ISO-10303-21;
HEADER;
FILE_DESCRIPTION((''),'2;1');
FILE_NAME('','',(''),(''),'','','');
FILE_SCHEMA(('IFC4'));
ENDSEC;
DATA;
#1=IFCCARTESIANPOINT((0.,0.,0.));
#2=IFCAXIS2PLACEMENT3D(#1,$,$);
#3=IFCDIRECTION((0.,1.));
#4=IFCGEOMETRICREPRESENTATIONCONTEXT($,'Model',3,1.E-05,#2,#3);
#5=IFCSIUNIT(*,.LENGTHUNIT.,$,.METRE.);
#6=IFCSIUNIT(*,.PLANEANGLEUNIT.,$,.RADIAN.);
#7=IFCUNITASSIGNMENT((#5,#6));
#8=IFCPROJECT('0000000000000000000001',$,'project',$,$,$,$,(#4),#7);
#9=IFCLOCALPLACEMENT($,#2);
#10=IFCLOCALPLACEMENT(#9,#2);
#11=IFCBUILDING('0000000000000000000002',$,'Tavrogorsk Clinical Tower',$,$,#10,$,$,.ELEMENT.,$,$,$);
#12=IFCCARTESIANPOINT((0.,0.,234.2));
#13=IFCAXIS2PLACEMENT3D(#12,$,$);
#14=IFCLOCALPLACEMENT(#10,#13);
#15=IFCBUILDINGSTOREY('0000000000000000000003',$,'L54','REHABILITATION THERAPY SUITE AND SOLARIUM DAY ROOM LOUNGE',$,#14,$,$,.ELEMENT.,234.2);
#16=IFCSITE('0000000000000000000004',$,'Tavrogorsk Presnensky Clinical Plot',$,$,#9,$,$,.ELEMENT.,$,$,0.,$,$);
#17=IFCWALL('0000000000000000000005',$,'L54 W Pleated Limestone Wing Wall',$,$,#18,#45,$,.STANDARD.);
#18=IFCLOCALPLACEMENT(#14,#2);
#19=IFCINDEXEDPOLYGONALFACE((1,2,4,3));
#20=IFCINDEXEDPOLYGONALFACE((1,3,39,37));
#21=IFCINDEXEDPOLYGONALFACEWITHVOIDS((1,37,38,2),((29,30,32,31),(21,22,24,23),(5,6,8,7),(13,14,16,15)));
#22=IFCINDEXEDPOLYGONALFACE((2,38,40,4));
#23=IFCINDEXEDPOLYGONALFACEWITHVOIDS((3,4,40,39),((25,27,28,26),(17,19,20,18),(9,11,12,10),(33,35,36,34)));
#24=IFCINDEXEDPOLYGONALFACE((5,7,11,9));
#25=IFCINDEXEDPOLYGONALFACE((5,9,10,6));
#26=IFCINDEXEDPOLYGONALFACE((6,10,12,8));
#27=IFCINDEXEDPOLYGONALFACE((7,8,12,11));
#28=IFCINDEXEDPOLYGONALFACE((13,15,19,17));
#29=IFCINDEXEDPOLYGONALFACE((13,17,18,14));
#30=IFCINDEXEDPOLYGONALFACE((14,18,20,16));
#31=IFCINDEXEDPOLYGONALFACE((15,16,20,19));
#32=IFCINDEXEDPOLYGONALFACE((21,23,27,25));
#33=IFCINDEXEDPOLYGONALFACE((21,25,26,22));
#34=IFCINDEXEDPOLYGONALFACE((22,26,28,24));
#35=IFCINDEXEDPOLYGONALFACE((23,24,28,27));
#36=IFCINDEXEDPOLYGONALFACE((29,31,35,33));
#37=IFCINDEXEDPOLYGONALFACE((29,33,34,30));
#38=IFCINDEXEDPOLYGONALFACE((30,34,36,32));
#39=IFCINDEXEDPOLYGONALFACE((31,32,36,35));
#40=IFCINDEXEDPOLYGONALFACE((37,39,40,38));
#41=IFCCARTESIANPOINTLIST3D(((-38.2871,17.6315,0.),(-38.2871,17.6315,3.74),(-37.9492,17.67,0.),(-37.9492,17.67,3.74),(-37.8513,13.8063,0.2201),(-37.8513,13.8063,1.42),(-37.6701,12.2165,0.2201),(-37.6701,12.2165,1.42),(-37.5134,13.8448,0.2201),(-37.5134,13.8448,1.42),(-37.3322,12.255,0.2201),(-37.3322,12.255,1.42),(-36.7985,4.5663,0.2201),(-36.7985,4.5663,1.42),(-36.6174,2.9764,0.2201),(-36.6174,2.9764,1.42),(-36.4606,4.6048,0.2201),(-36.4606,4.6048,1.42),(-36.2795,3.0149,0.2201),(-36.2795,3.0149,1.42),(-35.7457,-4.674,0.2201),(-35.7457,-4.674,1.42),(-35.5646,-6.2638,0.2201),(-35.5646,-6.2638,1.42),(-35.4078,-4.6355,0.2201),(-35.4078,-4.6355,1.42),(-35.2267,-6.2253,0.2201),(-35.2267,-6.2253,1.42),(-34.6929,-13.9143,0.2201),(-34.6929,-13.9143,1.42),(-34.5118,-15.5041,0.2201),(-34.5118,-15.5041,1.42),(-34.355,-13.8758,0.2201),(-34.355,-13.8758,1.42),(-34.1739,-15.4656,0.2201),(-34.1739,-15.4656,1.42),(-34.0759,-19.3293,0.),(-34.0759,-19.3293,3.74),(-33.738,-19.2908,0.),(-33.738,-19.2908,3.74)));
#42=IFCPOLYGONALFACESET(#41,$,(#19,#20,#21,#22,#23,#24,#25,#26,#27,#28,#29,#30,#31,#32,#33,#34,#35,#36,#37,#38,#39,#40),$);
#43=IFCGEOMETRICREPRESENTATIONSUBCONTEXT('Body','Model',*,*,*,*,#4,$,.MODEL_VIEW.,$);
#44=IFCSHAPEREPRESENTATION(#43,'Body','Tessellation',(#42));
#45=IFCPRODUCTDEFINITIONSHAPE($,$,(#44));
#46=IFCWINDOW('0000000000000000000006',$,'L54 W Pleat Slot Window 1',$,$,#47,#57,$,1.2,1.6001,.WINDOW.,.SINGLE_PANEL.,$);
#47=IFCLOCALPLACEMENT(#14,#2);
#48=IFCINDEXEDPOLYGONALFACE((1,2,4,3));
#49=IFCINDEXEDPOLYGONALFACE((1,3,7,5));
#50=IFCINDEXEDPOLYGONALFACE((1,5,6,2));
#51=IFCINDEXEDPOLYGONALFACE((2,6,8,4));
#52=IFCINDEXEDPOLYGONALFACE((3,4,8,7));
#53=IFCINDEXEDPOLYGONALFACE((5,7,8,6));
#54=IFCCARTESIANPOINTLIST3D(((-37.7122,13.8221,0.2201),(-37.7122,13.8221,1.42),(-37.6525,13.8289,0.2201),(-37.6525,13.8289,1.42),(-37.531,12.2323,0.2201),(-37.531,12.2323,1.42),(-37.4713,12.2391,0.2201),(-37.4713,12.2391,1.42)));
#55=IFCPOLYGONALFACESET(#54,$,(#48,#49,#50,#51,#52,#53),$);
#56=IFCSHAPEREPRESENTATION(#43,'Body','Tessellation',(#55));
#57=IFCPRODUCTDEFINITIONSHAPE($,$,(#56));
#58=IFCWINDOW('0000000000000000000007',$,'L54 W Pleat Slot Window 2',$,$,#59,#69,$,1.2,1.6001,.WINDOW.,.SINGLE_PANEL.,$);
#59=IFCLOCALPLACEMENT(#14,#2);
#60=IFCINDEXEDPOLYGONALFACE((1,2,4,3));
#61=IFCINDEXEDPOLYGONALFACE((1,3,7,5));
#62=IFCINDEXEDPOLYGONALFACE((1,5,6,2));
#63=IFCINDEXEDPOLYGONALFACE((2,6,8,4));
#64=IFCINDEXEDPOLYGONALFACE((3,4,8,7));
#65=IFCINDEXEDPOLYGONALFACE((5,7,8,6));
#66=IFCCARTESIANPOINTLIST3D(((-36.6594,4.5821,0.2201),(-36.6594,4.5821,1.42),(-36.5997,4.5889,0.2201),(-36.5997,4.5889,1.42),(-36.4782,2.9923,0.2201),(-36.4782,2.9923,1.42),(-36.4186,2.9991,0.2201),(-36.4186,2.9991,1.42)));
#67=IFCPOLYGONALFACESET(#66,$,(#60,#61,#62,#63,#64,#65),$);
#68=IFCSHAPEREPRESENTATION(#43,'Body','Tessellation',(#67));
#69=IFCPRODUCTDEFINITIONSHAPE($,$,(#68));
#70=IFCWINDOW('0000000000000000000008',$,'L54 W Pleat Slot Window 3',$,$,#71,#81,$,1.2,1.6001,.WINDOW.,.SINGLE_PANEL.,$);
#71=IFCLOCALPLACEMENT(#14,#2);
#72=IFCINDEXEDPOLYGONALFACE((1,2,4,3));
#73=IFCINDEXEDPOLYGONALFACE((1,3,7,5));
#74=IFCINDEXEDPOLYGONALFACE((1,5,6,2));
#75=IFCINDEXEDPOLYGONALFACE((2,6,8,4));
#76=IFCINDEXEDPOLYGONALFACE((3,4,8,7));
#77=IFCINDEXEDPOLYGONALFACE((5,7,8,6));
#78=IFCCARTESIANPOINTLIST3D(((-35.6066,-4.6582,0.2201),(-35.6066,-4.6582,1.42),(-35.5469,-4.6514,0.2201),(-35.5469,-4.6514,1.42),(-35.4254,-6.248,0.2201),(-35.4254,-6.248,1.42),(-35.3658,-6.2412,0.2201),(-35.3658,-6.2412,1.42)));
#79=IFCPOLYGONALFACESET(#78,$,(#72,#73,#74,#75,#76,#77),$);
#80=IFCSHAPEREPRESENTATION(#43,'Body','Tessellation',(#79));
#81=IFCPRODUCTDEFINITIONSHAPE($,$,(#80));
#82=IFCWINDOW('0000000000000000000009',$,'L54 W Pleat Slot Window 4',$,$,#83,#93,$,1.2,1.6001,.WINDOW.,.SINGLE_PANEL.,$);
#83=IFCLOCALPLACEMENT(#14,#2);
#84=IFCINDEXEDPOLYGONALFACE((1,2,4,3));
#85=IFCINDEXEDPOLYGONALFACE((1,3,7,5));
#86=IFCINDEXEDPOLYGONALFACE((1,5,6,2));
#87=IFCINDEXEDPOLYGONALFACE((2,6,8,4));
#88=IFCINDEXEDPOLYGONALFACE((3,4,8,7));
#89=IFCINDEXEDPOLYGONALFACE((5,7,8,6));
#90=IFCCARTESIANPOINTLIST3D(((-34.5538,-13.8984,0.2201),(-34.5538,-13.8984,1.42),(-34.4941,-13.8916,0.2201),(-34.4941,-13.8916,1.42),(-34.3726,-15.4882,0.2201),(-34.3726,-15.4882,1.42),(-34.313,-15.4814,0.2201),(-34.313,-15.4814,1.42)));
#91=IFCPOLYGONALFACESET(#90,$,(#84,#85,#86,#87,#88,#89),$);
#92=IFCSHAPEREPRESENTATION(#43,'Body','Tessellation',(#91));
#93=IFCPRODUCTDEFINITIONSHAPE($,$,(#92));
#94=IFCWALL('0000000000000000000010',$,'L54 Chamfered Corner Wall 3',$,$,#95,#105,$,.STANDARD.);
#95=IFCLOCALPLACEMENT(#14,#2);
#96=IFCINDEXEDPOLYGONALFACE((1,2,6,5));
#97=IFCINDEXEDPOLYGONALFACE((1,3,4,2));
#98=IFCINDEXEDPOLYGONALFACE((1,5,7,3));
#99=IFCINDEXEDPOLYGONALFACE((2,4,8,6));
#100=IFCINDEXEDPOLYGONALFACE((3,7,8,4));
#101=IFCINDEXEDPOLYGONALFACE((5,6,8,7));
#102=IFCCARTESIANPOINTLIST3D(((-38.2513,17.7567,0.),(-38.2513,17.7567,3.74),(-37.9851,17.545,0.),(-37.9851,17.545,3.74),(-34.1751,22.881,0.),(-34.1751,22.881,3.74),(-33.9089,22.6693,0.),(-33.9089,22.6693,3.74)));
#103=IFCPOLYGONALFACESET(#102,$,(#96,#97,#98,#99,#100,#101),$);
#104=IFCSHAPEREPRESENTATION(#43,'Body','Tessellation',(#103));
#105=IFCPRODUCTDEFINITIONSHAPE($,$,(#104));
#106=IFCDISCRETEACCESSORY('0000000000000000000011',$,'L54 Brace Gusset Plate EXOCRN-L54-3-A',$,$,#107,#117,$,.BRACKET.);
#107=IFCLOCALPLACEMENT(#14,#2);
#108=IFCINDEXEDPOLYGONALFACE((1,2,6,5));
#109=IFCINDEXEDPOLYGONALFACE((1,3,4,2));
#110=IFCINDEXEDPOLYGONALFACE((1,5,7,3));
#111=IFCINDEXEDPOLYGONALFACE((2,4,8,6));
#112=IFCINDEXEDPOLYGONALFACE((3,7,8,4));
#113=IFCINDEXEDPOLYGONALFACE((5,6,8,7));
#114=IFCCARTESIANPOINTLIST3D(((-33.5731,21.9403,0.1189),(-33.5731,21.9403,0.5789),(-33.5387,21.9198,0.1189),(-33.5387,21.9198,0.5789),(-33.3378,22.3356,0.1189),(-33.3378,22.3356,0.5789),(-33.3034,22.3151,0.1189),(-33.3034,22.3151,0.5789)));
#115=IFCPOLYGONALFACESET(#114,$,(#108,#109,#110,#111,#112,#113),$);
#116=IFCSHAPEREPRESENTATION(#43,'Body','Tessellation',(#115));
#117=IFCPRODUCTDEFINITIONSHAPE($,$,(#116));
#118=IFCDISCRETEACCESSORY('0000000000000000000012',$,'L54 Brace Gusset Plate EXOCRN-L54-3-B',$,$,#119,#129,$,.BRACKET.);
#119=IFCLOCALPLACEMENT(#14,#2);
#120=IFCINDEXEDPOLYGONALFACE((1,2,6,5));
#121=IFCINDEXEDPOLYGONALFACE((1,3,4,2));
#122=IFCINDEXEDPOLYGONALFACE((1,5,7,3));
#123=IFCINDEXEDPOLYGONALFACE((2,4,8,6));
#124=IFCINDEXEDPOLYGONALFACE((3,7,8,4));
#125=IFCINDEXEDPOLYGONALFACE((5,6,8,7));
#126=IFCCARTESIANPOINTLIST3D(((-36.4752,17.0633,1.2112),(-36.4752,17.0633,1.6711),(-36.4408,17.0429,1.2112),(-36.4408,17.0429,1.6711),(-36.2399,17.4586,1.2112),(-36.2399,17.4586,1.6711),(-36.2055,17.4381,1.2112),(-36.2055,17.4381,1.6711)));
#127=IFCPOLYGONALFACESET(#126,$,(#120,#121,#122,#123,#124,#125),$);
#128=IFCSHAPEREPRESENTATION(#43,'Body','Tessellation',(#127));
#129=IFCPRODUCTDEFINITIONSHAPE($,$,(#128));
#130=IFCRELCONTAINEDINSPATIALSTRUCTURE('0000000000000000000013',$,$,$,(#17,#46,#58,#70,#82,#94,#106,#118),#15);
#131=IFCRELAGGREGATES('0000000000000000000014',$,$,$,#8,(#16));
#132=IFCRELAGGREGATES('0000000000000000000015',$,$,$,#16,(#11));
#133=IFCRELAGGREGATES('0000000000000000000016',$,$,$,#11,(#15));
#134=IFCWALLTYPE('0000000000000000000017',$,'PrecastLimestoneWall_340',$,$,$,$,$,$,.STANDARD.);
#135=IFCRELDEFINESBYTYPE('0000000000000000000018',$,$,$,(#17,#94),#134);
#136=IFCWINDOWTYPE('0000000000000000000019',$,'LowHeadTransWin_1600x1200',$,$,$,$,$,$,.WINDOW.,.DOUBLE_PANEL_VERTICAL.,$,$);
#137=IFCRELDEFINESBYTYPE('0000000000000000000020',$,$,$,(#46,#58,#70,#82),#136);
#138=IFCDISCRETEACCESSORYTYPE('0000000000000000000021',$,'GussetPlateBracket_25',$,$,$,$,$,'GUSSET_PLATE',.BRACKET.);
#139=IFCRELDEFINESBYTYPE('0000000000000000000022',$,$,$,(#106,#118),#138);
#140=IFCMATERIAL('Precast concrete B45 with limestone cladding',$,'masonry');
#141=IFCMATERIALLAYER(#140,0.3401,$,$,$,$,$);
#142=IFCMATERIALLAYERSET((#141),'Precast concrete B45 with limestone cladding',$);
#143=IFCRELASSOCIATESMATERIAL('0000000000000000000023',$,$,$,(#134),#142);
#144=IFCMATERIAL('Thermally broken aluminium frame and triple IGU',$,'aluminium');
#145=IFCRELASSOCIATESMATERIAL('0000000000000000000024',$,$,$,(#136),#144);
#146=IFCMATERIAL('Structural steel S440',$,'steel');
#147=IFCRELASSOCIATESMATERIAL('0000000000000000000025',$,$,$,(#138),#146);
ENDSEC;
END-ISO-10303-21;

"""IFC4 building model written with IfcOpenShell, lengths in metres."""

from ifc_helpers import new_model, si_unit, direction, frame, frame_2d, origin, origin_2d, place, context, subcontext, project, spatial, rectangle, extrude, material, layer, layer_set, type_object, element, fill, save


model = new_model("IFC4")

# Units and contexts
model_context = context("Model", 3, precision=1e-05, world=origin(), true_north=direction((0.0, 1.0)))
body_context = subcontext(model_context, "Body", "Model", "MODEL_VIEW")
ifc_project = project(units=[si_unit("LENGTHUNIT", "METRE"), si_unit("PLANEANGLEUNIT", "RADIAN")], contexts=[model_context])

# Site, building, storey
site_placement = place(None, origin())
site = spatial("IfcSite", under=ifc_project, at=site_placement, Name="Tavrogorsk Presnensky Clinical Plot", CompositionType="ELEMENT", RefElevation=0.0)
building_placement = place(site_placement, origin())
building = spatial("IfcBuilding", under=site, at=building_placement, Name="Tavrogorsk Clinical Tower", CompositionType="ELEMENT")
storey_placement = place(building_placement, frame((0.0, 0.0, 234.2)))
storey = spatial("IfcBuildingStorey", under=building, at=storey_placement, Name="L54", Description="REHABILITATION THERAPY SUITE AND SOLARIUM DAY ROOM LOUNGE", CompositionType="ELEMENT", Elevation=234.2)

# Wall, openings, windows
ifc_material_1 = material(Name="Precast concrete B45 with limestone cladding", Category="masonry")
ifc_layer_1 = layer(ifc_material_1, 0.3401)
ifc_layer_set_1 = layer_set([ifc_layer_1], Name="Precast concrete B45 with limestone cladding")
wall_type_1 = type_object("IfcWallType", Name="PrecastLimestoneWall_340", PredefinedType="STANDARD", material=ifc_layer_set_1)
wall_1_placement = place(storey_placement, frame((-38.1182, 17.6509, 0.0), z_axis=(0.0, 0.0, 1.0), x_axis=(0.113204, -0.993572, 0.0)))
wall_1 = element("IfcWall", 1, at=wall_1_placement, inside=storey, type_object=wall_type_1, Name="L54 W Pleated Limestone Wing Wall", PredefinedType="STANDARD", context=body_context, shape_type="SweptSolid", body=[
    extrude(rectangle(XDim=37.2, YDim=0.3401, at=frame_2d((18.6001, 0.0))), origin(), (0.0, 0.0, 1.0), 3.74),
])
opening_1_placement = place(wall_1_placement, frame((3.8501, 0.0, 0.22)))
opening_1 = element("IfcOpeningElement", 2, at=opening_1_placement, cuts=wall_1, PredefinedType="OPENING", context=body_context, shape_type="SweptSolid", body=[
    extrude(rectangle(XDim=1.6001, YDim=1.2, at=frame_2d((0.8, 0.6001))), frame((0.0, 0.1799, 0.0), z_axis=(0.0, -1.0, 0.0), x_axis=(1.0, 0.0, 0.0)), (0.0, 0.0, 1.0), 0.3601),
])
opening_2_placement = place(wall_1_placement, frame((13.1499, 0.0, 0.22)))
opening_2 = element("IfcOpeningElement", 3, at=opening_2_placement, cuts=wall_1, PredefinedType="OPENING", context=body_context, shape_type="SweptSolid", body=[
    extrude(rectangle(XDim=1.6001, YDim=1.2, at=frame_2d((0.8, 0.6001))), frame((0.0, 0.1799, 0.0), z_axis=(0.0, -1.0, 0.0), x_axis=(1.0, 0.0, 0.0)), (0.0, 0.0, 1.0), 0.3601),
])
opening_3_placement = place(wall_1_placement, frame((22.45, 0.0, 0.22)))
opening_3 = element("IfcOpeningElement", 4, at=opening_3_placement, cuts=wall_1, PredefinedType="OPENING", context=body_context, shape_type="SweptSolid", body=[
    extrude(rectangle(XDim=1.6001, YDim=1.2, at=frame_2d((0.8, 0.6001))), frame((0.0, 0.1799, 0.0), z_axis=(0.0, -1.0, 0.0), x_axis=(1.0, 0.0, 0.0)), (0.0, 0.0, 1.0), 0.3601),
])
opening_4_placement = place(wall_1_placement, frame((31.75, 0.0, 0.22)))
opening_4 = element("IfcOpeningElement", 5, at=opening_4_placement, cuts=wall_1, PredefinedType="OPENING", context=body_context, shape_type="SweptSolid", body=[
    extrude(rectangle(XDim=1.6001, YDim=1.2, at=frame_2d((0.8, 0.6001))), frame((0.0, 0.1799, 0.0), z_axis=(0.0, -1.0, 0.0), x_axis=(1.0, 0.0, 0.0)), (0.0, 0.0, 1.0), 0.3601),
])
ifc_material_2 = material(Name="Thermally broken aluminium frame and triple IGU", Category="aluminium")
window_type = type_object("IfcWindowType", Name="LowHeadTransWin_1600x1200", PartitioningType="DOUBLE_PANEL_VERTICAL", PredefinedType="WINDOW", material=ifc_material_2)
window_1_placement = place(opening_1_placement, origin())
window_1 = element("IfcWindow", 6, at=window_1_placement, inside=storey, type_object=window_type, Name="L54 W Pleat Slot Window 1", OverallHeight=1.2, OverallWidth=1.6001, PartitioningType="SINGLE_PANEL", PredefinedType="WINDOW", context=body_context, shape_type="SweptSolid", body=[
    extrude(rectangle(XDim=1.6001, YDim=1.2, at=frame_2d((0.8, 0.6001))), frame((0.0, 0.03, 0.0), z_axis=(0.0, -1.0, 0.0), x_axis=(1.0, 0.0, 0.0)), (0.0, 0.0, 1.0), 0.0601),
])
fill(opening_1, window_1)
window_2_placement = place(opening_2_placement, origin())
window_2 = element("IfcWindow", 7, at=window_2_placement, inside=storey, type_object=window_type, Name="L54 W Pleat Slot Window 2", OverallHeight=1.2, OverallWidth=1.6001, PartitioningType="SINGLE_PANEL", PredefinedType="WINDOW", context=body_context, shape_type="SweptSolid", body=[
    extrude(rectangle(XDim=1.6001, YDim=1.2, at=frame_2d((0.8, 0.6001))), frame((0.0, 0.03, 0.0), z_axis=(0.0, -1.0, 0.0), x_axis=(1.0, 0.0, 0.0)), (0.0, 0.0, 1.0), 0.0601),
])
fill(opening_2, window_2)
window_3_placement = place(opening_3_placement, origin())
window_3 = element("IfcWindow", 8, at=window_3_placement, inside=storey, type_object=window_type, Name="L54 W Pleat Slot Window 3", OverallHeight=1.2, OverallWidth=1.6001, PartitioningType="SINGLE_PANEL", PredefinedType="WINDOW", context=body_context, shape_type="SweptSolid", body=[
    extrude(rectangle(XDim=1.6001, YDim=1.2, at=frame_2d((0.8, 0.6001))), frame((0.0, 0.03, 0.0), z_axis=(0.0, -1.0, 0.0), x_axis=(1.0, 0.0, 0.0)), (0.0, 0.0, 1.0), 0.0601),
])
fill(opening_3, window_3)
window_4_placement = place(opening_4_placement, origin())
window_4 = element("IfcWindow", 9, at=window_4_placement, inside=storey, type_object=window_type, Name="L54 W Pleat Slot Window 4", OverallHeight=1.2, OverallWidth=1.6001, PartitioningType="SINGLE_PANEL", PredefinedType="WINDOW", context=body_context, shape_type="SweptSolid", body=[
    extrude(rectangle(XDim=1.6001, YDim=1.2, at=frame_2d((0.8, 0.6001))), frame((0.0, 0.03, 0.0), z_axis=(0.0, -1.0, 0.0), x_axis=(1.0, 0.0, 0.0)), (0.0, 0.0, 1.0), 0.0601),
])
fill(opening_4, window_4)

# Wall
wall_2_placement = place(storey_placement, frame((-34.042, 22.7751, 0.0), z_axis=(0.0, 0.0, 1.0), x_axis=(-0.622528, -0.782597, 0.0)))
element("IfcWall", 10, at=wall_2_placement, inside=storey, type_object=wall_type_1, Name="L54 Chamfered Corner Wall 3", PredefinedType="STANDARD", context=body_context, shape_type="SweptSolid", body=[
    extrude(rectangle(XDim=6.5479, YDim=0.3401, at=frame_2d((3.2739, 0.0))), origin(), (0.0, 0.0, 1.0), 3.74),
])

# Discrete accessories
ifc_material_3 = material(Name="Structural steel S440", Category="steel")
discrete_accessory_type = type_object("IfcDiscreteAccessoryType", Name="GussetPlateBracket_25", ElementType="GUSSET_PLATE", PredefinedType="BRACKET", material=ifc_material_3)
for number, where, z_axis, x_axis, name in (
    (11, (-33.4382, 22.1277, 0.1189), (0.0, 0.0, 1.0), (-0.511443, -0.859317, 0.0), "L54 Brace Gusset Plate EXOCRN-L54-3-A"),
    (12, (-36.3403, 17.2507, 1.2112), (0.0, 0.0, 1.0), (-0.511443, -0.859317, 0.0), "L54 Brace Gusset Plate EXOCRN-L54-3-B"),
):
    element("IfcDiscreteAccessory", number, at=place(storey_placement, frame(where, z_axis=z_axis, x_axis=x_axis)), inside=storey, type_object=discrete_accessory_type, Name=name, PredefinedType="BRACKET", context=body_context, shape_type="SweptSolid", body=[
        extrude(rectangle(XDim=0.46, YDim=0.04, at=origin_2d()), origin(), (0.0, 0.0, 1.0), 0.46),
    ])

save(model, "model.ifc")
